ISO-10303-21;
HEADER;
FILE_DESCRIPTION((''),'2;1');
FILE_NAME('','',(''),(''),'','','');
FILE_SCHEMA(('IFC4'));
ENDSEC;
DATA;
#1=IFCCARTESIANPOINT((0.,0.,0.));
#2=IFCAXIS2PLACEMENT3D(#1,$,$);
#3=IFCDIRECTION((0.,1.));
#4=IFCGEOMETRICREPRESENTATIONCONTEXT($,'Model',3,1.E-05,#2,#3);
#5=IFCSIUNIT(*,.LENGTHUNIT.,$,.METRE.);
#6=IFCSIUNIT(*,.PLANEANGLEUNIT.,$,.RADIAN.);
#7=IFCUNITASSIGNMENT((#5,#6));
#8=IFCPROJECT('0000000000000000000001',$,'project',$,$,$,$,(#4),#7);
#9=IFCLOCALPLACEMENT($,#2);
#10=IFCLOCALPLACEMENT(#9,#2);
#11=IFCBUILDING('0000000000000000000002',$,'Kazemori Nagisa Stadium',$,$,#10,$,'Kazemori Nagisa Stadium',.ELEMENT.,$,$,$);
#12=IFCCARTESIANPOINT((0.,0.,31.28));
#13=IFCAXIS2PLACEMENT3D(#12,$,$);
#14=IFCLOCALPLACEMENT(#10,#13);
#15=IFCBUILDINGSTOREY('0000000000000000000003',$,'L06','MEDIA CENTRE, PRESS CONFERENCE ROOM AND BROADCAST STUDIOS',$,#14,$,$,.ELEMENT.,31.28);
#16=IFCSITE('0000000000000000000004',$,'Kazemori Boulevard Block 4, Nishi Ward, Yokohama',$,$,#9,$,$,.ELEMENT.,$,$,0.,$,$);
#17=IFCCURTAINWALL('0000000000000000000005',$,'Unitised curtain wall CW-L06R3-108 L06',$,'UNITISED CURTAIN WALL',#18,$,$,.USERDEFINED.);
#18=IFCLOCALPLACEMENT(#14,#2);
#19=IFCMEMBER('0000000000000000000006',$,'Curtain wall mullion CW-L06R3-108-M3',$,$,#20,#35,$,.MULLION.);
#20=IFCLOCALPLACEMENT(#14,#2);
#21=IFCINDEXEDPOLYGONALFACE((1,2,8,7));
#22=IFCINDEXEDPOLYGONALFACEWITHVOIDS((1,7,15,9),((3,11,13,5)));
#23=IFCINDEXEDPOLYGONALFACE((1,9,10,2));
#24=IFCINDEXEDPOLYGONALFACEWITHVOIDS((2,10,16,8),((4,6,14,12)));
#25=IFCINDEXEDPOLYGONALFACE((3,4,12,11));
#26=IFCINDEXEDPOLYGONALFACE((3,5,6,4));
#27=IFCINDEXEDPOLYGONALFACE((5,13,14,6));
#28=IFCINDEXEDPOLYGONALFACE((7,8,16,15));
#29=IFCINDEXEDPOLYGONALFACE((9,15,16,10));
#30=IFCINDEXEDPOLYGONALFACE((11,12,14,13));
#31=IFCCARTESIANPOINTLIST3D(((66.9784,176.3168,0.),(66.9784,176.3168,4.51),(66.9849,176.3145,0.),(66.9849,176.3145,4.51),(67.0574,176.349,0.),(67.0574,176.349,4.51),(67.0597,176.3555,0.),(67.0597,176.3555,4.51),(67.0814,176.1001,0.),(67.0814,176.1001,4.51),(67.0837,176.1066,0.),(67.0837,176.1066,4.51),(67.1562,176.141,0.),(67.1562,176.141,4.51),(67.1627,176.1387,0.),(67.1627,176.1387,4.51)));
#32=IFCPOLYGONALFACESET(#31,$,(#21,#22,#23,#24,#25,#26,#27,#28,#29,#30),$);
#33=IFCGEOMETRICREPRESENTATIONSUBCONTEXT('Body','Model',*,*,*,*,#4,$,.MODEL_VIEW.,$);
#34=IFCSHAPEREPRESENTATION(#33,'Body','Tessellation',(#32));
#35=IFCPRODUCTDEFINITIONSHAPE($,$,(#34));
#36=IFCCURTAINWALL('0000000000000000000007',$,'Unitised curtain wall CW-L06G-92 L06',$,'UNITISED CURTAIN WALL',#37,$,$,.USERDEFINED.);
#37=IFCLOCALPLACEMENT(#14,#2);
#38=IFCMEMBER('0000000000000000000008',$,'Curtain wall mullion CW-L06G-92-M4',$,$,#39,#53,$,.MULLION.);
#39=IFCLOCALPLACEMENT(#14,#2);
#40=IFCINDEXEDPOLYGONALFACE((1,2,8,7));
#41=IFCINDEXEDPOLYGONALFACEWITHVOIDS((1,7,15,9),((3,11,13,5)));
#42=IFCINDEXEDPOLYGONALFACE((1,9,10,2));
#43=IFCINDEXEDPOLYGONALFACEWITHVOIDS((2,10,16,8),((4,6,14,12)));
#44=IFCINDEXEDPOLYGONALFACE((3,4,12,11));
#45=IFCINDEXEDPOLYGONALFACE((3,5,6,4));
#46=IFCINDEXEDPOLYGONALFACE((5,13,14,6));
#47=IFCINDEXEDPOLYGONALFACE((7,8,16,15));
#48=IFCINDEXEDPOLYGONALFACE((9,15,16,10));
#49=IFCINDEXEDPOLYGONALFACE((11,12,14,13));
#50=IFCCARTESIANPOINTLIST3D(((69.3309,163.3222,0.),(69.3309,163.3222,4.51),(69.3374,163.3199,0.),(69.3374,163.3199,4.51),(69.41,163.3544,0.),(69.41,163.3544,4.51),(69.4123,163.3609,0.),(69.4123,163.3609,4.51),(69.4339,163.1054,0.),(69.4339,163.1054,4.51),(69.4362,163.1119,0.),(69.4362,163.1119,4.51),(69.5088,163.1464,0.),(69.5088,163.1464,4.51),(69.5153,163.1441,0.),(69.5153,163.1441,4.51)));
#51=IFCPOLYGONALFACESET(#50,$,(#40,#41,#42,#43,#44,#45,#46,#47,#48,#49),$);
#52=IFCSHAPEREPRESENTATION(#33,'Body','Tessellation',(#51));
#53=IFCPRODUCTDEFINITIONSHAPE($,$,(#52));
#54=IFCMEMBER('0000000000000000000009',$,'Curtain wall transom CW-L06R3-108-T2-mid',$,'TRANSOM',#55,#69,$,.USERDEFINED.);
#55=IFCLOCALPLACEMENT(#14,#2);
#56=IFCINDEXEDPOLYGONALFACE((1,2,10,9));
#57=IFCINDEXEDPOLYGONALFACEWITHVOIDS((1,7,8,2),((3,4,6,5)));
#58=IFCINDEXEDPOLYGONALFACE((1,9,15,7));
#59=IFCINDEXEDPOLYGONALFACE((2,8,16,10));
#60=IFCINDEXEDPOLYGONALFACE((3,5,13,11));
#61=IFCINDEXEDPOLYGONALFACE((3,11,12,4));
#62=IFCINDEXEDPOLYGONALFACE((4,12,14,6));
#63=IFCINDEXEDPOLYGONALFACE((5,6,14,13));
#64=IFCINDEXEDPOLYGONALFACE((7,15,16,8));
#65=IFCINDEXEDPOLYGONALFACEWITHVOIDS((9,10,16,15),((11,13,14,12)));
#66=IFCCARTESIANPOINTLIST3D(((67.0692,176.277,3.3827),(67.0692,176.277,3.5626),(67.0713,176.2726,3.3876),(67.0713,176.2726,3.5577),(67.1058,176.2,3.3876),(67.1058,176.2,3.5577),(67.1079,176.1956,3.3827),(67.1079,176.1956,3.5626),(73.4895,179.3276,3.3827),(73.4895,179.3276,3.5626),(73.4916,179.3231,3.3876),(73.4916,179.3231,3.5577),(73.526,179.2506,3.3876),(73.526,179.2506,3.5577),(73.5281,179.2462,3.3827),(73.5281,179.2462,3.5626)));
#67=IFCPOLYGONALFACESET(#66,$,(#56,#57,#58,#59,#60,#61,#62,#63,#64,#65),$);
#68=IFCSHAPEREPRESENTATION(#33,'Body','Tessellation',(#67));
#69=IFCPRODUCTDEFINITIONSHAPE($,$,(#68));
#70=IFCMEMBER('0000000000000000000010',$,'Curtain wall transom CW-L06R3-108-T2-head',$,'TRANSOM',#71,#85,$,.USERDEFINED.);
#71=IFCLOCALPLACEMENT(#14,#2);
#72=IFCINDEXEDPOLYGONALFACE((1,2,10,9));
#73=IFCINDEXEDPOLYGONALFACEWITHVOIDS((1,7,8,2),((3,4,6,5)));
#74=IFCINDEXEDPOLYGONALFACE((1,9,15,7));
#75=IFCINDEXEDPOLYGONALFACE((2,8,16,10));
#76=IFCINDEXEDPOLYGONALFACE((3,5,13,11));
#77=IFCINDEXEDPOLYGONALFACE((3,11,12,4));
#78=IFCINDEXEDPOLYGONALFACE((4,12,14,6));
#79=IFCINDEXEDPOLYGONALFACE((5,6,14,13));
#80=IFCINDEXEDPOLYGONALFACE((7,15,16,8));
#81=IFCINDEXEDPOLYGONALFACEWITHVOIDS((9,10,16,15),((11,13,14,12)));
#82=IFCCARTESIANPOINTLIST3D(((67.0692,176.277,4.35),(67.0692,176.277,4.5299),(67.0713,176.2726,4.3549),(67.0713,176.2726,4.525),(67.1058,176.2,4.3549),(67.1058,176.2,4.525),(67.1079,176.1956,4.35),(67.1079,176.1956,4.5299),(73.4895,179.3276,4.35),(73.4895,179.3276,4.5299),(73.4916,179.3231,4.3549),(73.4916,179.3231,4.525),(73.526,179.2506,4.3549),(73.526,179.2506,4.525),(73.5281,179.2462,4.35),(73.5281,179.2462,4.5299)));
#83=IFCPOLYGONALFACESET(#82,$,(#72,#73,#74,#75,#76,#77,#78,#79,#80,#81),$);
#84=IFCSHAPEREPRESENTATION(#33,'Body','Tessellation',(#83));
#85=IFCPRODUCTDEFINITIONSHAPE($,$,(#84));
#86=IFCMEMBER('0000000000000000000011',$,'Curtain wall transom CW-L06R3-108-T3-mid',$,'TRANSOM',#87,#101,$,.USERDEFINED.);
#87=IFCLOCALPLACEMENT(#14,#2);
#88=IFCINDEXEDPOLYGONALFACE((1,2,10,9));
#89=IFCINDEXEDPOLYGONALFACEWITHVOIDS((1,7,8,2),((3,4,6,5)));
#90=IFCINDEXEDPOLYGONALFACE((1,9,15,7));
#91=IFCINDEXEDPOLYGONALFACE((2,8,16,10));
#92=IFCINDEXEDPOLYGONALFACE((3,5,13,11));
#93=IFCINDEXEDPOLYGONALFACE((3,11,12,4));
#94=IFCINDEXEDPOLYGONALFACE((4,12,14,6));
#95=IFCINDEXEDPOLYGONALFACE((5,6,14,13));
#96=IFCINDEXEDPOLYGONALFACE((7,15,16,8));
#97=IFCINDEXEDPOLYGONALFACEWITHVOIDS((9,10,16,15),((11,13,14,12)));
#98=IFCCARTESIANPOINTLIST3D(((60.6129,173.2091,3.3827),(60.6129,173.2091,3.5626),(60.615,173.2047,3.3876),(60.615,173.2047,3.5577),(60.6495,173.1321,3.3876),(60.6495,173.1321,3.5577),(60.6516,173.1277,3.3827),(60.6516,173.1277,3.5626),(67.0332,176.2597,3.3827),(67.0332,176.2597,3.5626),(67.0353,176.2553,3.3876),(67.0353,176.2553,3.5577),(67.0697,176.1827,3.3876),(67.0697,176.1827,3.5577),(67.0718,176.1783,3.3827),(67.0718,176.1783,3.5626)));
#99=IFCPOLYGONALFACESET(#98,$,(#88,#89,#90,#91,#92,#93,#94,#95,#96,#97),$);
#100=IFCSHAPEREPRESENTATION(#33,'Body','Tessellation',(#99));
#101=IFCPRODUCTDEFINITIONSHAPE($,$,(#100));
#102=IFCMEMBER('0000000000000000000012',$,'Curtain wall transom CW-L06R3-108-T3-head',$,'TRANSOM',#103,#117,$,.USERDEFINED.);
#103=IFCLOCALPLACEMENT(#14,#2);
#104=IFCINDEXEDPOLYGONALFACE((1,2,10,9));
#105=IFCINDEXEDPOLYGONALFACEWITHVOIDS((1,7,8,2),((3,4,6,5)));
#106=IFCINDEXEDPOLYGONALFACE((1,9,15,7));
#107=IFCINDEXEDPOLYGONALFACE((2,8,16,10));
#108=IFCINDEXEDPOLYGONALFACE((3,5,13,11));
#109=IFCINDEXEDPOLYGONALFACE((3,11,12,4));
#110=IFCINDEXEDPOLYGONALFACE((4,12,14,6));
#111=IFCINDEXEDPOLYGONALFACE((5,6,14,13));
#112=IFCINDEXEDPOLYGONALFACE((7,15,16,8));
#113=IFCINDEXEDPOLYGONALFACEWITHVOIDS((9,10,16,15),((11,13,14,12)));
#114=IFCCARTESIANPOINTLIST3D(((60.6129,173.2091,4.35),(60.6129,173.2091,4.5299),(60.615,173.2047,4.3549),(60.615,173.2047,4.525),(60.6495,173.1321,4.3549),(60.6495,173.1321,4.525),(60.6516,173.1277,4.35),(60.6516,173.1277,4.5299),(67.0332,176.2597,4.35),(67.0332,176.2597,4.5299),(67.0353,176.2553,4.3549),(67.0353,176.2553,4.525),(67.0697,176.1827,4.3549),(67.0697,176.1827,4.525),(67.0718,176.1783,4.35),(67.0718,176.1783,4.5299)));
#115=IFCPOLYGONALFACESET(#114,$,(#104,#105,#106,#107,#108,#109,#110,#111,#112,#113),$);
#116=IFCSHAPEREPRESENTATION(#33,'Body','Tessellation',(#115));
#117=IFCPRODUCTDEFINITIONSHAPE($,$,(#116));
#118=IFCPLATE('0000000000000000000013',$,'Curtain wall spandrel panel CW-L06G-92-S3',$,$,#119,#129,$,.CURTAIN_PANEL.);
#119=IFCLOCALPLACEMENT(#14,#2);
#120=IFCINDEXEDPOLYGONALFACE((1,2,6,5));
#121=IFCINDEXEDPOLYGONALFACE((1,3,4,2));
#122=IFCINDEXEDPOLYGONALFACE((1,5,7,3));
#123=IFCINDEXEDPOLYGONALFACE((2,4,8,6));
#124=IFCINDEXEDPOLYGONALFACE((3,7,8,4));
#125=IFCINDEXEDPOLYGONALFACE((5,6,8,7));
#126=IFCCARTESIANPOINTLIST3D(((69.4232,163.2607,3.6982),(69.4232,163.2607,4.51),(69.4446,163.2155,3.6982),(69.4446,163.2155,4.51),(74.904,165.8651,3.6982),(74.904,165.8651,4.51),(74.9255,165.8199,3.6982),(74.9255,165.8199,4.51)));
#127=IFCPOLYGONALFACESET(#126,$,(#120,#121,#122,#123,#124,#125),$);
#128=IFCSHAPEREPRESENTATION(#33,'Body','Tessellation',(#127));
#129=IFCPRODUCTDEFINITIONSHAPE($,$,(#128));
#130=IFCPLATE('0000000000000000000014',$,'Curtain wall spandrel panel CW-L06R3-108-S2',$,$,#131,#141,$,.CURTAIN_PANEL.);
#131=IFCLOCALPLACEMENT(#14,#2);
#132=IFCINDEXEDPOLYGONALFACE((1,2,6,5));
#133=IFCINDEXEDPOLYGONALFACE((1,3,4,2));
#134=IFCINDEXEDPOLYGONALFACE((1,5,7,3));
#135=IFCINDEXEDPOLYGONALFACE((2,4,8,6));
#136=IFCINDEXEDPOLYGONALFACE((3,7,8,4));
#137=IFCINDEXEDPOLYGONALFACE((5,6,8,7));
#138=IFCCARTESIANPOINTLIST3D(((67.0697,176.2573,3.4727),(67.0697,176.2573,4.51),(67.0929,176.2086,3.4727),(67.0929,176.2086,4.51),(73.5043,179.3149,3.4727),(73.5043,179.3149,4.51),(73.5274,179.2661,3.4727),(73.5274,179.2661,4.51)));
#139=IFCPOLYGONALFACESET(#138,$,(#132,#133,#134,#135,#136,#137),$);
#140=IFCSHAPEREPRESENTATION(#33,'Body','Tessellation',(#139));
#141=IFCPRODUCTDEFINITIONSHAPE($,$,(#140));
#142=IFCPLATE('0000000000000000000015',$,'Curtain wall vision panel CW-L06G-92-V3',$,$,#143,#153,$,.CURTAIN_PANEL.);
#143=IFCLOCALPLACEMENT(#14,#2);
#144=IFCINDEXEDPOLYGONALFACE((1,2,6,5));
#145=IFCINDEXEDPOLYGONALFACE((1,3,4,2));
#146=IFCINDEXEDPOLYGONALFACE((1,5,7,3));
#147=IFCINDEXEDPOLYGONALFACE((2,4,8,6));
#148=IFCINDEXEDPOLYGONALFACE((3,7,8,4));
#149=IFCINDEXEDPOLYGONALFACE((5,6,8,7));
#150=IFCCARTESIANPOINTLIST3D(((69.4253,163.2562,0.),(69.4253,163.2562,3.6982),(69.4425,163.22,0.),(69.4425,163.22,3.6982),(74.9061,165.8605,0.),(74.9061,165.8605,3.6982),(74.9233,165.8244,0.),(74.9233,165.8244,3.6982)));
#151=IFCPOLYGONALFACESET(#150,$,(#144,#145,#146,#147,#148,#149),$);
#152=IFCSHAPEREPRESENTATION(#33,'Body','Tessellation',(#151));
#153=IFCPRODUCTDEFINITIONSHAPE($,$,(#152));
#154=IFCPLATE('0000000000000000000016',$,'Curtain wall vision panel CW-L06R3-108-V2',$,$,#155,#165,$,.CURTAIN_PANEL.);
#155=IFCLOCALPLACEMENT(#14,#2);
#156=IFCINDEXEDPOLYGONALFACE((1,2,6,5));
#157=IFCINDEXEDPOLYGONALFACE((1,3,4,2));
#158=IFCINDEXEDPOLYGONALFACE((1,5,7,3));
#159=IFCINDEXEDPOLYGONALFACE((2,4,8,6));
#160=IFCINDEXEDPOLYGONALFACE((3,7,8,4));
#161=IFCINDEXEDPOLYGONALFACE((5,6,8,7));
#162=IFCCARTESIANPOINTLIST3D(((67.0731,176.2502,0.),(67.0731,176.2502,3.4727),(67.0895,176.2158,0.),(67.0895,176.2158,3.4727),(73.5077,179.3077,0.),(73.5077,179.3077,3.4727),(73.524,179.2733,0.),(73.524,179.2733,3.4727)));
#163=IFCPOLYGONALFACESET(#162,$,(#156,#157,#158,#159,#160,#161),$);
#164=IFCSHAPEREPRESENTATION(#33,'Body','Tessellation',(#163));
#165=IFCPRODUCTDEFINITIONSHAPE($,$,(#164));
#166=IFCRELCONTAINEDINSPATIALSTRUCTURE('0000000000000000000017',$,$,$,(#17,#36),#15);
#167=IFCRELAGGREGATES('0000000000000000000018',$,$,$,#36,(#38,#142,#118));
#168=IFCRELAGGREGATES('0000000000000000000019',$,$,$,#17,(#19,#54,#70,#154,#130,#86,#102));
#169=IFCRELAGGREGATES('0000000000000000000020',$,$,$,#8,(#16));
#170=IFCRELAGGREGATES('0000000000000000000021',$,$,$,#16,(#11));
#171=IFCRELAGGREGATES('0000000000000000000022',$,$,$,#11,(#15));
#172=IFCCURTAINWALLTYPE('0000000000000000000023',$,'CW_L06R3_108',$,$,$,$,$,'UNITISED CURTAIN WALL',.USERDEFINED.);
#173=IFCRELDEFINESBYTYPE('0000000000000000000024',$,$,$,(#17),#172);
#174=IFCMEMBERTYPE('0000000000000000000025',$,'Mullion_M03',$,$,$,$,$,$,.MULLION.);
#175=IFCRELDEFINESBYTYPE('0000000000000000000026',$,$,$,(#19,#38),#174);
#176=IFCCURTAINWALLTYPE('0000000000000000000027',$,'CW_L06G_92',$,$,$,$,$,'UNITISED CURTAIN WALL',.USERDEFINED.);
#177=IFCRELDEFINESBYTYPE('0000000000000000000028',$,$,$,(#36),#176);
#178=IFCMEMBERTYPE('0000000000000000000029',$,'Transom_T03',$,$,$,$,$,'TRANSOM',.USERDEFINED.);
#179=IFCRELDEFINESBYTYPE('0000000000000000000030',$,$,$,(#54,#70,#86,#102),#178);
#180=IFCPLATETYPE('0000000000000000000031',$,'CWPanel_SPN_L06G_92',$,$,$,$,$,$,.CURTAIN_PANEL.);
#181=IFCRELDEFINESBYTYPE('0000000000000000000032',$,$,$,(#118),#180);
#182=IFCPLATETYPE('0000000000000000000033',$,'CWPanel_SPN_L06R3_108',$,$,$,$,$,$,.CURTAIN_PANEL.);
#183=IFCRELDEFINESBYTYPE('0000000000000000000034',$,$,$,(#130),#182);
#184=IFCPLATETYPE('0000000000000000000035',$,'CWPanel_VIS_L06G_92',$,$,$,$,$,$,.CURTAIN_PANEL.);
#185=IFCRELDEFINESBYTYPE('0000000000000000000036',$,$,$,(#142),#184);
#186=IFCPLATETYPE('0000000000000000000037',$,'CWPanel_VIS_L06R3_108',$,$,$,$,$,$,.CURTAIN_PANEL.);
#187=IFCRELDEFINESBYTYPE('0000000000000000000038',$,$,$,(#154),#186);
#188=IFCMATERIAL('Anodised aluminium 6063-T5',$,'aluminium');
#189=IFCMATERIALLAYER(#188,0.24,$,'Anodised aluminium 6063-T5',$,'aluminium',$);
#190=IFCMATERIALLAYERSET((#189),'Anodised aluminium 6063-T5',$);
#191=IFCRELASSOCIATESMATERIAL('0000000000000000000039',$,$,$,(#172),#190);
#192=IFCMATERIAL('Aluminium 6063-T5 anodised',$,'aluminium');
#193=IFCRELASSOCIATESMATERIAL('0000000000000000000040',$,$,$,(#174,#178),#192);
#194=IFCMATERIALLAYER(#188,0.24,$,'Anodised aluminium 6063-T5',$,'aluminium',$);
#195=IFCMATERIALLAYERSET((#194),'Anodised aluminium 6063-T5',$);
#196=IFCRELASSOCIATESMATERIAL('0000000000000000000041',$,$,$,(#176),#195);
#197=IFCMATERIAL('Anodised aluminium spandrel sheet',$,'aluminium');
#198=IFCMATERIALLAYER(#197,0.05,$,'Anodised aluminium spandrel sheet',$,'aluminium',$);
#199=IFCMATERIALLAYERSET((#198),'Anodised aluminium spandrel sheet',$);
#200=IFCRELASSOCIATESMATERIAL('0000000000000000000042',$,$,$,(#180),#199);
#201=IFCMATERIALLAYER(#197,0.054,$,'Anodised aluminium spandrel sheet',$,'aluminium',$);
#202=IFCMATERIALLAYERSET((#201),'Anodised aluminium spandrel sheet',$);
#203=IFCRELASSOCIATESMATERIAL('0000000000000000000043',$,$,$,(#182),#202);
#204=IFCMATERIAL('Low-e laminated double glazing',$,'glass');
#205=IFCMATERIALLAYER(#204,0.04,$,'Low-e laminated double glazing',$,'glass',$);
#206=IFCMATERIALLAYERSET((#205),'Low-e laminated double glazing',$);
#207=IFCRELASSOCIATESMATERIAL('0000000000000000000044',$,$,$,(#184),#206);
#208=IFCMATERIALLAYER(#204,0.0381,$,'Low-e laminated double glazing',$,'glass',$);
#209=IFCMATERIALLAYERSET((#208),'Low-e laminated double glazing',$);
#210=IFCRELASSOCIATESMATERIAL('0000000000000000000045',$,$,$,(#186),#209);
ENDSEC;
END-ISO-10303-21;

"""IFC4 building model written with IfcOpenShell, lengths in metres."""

from ifc_helpers import new_model, si_unit, direction, frame, origin, origin_2d, place, context, subcontext, project, spatial, rectangle, hollow_rectangle, extrude, material, layer, layer_set, material_profile, profile_set, type_object, element, aggregate, save


model = new_model("IFC4")

# Units and contexts
model_context = context("Model", 3, precision=1e-05, world=origin(), true_north=direction((0.0, 1.0)))
body_context = subcontext(model_context, "Body", "Model", "MODEL_VIEW")
ifc_project = project(units=[si_unit("LENGTHUNIT", "METRE"), si_unit("PLANEANGLEUNIT", "RADIAN")], contexts=[model_context])

# Site, building, storey
site_placement = place(None, origin())
site = spatial("IfcSite", under=ifc_project, at=site_placement, Name="Kazemori Boulevard Block 4, Nishi Ward, Yokohama", CompositionType="ELEMENT", RefElevation=0.0)
building_placement = place(site_placement, origin())
building = spatial("IfcBuilding", under=site, at=building_placement, Name="Kazemori Nagisa Stadium", LongName="Kazemori Nagisa Stadium", CompositionType="ELEMENT")
storey_placement = place(building_placement, frame((0.0, 0.0, 31.28)))
storey = spatial("IfcBuildingStorey", under=building, at=storey_placement, Name="L06", Description="MEDIA CENTRE, PRESS CONFERENCE ROOM AND BROADCAST STUDIOS", CompositionType="ELEMENT", Elevation=31.28)

# Curtain wall, member
ifc_material_1 = material(Name="Anodised aluminium 6063-T5", Category="aluminium")
ifc_layer_1 = layer(ifc_material_1, 0.24, Name="Anodised aluminium 6063-T5", Category="aluminium")
ifc_layer_set_1 = layer_set([ifc_layer_1], Name="Anodised aluminium 6063-T5")
curtain_wall_type_1 = type_object("IfcCurtainWallType", Name="CW_L06R3_108", ElementType="UNITISED CURTAIN WALL", PredefinedType="USERDEFINED", material=ifc_layer_set_1)
curtain_wall_1_placement = place(storey_placement, origin())
curtain_wall_1 = element("IfcCurtainWall", 1, at=curtain_wall_1_placement, inside=storey, type_object=curtain_wall_type_1, Name="Unitised curtain wall CW-L06R3-108 L06", ObjectType="UNITISED CURTAIN WALL", PredefinedType="USERDEFINED")
ifc_material_2 = material(Name="Aluminium 6063-T5 anodised", Category="aluminium")
ifc_material_profile_1 = material_profile(ifc_material_2, hollow_rectangle(XDim=0.0901, YDim=0.24, WallThickness=0.0049, at=origin_2d()), Name="ALU-MULL-90x240x5")
ifc_profile_set_1 = profile_set([ifc_material_profile_1], Name="Aluminium 6063-T5 anodised")
member_type_1 = type_object("IfcMemberType", Name="Mullion_M03", PredefinedType="MULLION", material=ifc_profile_set_1)
member_1_placement = place(storey_placement, frame((67.0706, 176.2278, 0.0), z_axis=(0.0, 0.0, 1.0), x_axis=(-0.903216, -0.429186, 0.0)))
member_1 = element("IfcMember", 2, at=member_1_placement, type_object=member_type_1, Name="Curtain wall mullion CW-L06R3-108-M3", PredefinedType="MULLION", context=body_context, shape_type="SweptSolid", body=[
    extrude(hollow_rectangle(XDim=0.0901, YDim=0.24, WallThickness=0.0049, at=origin_2d()), origin(), (0.0, 0.0, 1.0), 4.51),
])

# Curtain wall, member
ifc_layer_2 = layer(ifc_material_1, 0.24, Name="Anodised aluminium 6063-T5", Category="aluminium")
ifc_layer_set_2 = layer_set([ifc_layer_2], Name="Anodised aluminium 6063-T5")
curtain_wall_type_2 = type_object("IfcCurtainWallType", Name="CW_L06G_92", ElementType="UNITISED CURTAIN WALL", PredefinedType="USERDEFINED", material=ifc_layer_set_2)
curtain_wall_2_placement = place(storey_placement, origin())
curtain_wall_2 = element("IfcCurtainWall", 3, at=curtain_wall_2_placement, inside=storey, type_object=curtain_wall_type_2, Name="Unitised curtain wall CW-L06G-92 L06", ObjectType="UNITISED CURTAIN WALL", PredefinedType="USERDEFINED")
member_2_placement = place(storey_placement, frame((69.4231, 163.2332, 0.0), z_axis=(0.0, 0.0, 1.0), x_axis=(-0.903216, -0.429186, 0.0)))
member_2 = element("IfcMember", 4, at=member_2_placement, type_object=member_type_1, Name="Curtain wall mullion CW-L06G-92-M4", PredefinedType="MULLION", context=body_context, shape_type="SweptSolid", body=[
    extrude(hollow_rectangle(XDim=0.0901, YDim=0.24, WallThickness=0.0049, at=origin_2d()), origin(), (0.0, 0.0, 1.0), 4.51),
])

# Members
ifc_material_profile_2 = material_profile(ifc_material_2, hollow_rectangle(XDim=0.0901, YDim=0.1799, WallThickness=0.0049, at=origin_2d()), Name="ALU-TRAN-90x180x5")
ifc_profile_set_2 = profile_set([ifc_material_profile_2], Name="Aluminium 6063-T5 anodised")
member_type_2 = type_object("IfcMemberType", Name="Transom_T03", ElementType="TRANSOM", PredefinedType="USERDEFINED", material=ifc_profile_set_2)
member_3_placement = place(storey_placement, frame((73.5088, 179.2869, 3.4727), z_axis=(-0.903225, -0.429167, 0.0), x_axis=(0.429167, -0.903225, 0.0)))
member_3 = element("IfcMember", 5, at=member_3_placement, type_object=member_type_2, Name="Curtain wall transom CW-L06R3-108-T2-mid", ObjectType="TRANSOM", PredefinedType="USERDEFINED", context=body_context, shape_type="SweptSolid", body=[
    extrude(hollow_rectangle(XDim=0.0901, YDim=0.1799, WallThickness=0.0049, at=origin_2d()), origin(), (0.0, 0.0, 1.0), 7.1082),
])
member_4_placement = place(storey_placement, frame((73.5088, 179.2869, 4.4399), z_axis=(-0.903225, -0.429167, 0.0), x_axis=(0.429167, -0.903225, 0.0)))
member_4 = element("IfcMember", 6, at=member_4_placement, type_object=member_type_2, Name="Curtain wall transom CW-L06R3-108-T2-head", ObjectType="TRANSOM", PredefinedType="USERDEFINED", context=body_context, shape_type="SweptSolid", body=[
    extrude(hollow_rectangle(XDim=0.0901, YDim=0.1799, WallThickness=0.0049, at=origin_2d()), origin(), (0.0, 0.0, 1.0), 7.1082),
])
member_5_placement = place(storey_placement, frame((67.0525, 176.219, 3.4727), z_axis=(-0.903225, -0.429167, 0.0), x_axis=(0.429167, -0.903225, 0.0)))
member_5 = element("IfcMember", 7, at=member_5_placement, type_object=member_type_2, Name="Curtain wall transom CW-L06R3-108-T3-mid", ObjectType="TRANSOM", PredefinedType="USERDEFINED", context=body_context, shape_type="SweptSolid", body=[
    extrude(hollow_rectangle(XDim=0.0901, YDim=0.1799, WallThickness=0.0049, at=origin_2d()), origin(), (0.0, 0.0, 1.0), 7.1082),
])
member_6_placement = place(storey_placement, frame((67.0525, 176.219, 4.4399), z_axis=(-0.903225, -0.429167, 0.0), x_axis=(0.429167, -0.903225, 0.0)))
member_6 = element("IfcMember", 8, at=member_6_placement, type_object=member_type_2, Name="Curtain wall transom CW-L06R3-108-T3-head", ObjectType="TRANSOM", PredefinedType="USERDEFINED", context=body_context, shape_type="SweptSolid", body=[
    extrude(hollow_rectangle(XDim=0.0901, YDim=0.1799, WallThickness=0.0049, at=origin_2d()), origin(), (0.0, 0.0, 1.0), 7.1082),
])

# Plates
ifc_material_3 = material(Name="Anodised aluminium spandrel sheet", Category="aluminium")
ifc_layer_3 = layer(ifc_material_3, 0.05, Name="Anodised aluminium spandrel sheet", Category="aluminium")
ifc_layer_set_3 = layer_set([ifc_layer_3], Name="Anodised aluminium spandrel sheet")
plate_type_1 = type_object("IfcPlateType", Name="CWPanel_SPN_L06G_92", PredefinedType="CURTAIN_PANEL", material=ifc_layer_set_3)
plate_1_placement = place(storey_placement, frame((72.1743, 164.5403, 3.6982), z_axis=(0.0, 0.0, 1.0), x_axis=(-0.903216, -0.429186, 0.0)))
plate_1 = element("IfcPlate", 9, at=plate_1_placement, type_object=plate_type_1, Name="Curtain wall spandrel panel CW-L06G-92-S3", PredefinedType="CURTAIN_PANEL", context=body_context, shape_type="SweptSolid", body=[
    extrude(rectangle(XDim=6.0681, YDim=0.05, at=origin_2d()), origin(), (0.0, 0.0, 1.0), 0.8118),
])
ifc_layer_4 = layer(ifc_material_3, 0.054, Name="Anodised aluminium spandrel sheet", Category="aluminium")
ifc_layer_set_4 = layer_set([ifc_layer_4], Name="Anodised aluminium spandrel sheet")
plate_type_2 = type_object("IfcPlateType", Name="CWPanel_SPN_L06R3_108", PredefinedType="CURTAIN_PANEL", material=ifc_layer_set_4)
plate_2_placement = place(storey_placement, frame((70.2986, 177.7617, 3.4727), z_axis=(0.0, 0.0, 1.0), x_axis=(-0.903216, -0.429186, 0.0)))
plate_2 = element("IfcPlate", 10, at=plate_2_placement, type_object=plate_type_2, Name="Curtain wall spandrel panel CW-L06R3-108-S2", PredefinedType="CURTAIN_PANEL", context=body_context, shape_type="SweptSolid", body=[
    extrude(rectangle(XDim=7.124, YDim=0.054, at=origin_2d()), origin(), (0.0, 0.0, 1.0), 1.0374),
])
ifc_material_4 = material(Name="Low-e laminated double glazing", Category="glass")
ifc_layer_5 = layer(ifc_material_4, 0.04, Name="Low-e laminated double glazing", Category="glass")
ifc_layer_set_5 = layer_set([ifc_layer_5], Name="Low-e laminated double glazing")
plate_type_3 = type_object("IfcPlateType", Name="CWPanel_VIS_L06G_92", PredefinedType="CURTAIN_PANEL", material=ifc_layer_set_5)
plate_3_placement = place(storey_placement, frame((72.1743, 164.5403, 0.0), z_axis=(0.0, 0.0, 1.0), x_axis=(-0.903216, -0.429186, 0.0)))
plate_3 = element("IfcPlate", 11, at=plate_3_placement, type_object=plate_type_3, Name="Curtain wall vision panel CW-L06G-92-V3", PredefinedType="CURTAIN_PANEL", context=body_context, shape_type="SweptSolid", body=[
    extrude(rectangle(XDim=6.0681, YDim=0.04, at=origin_2d()), origin(), (0.0, 0.0, 1.0), 3.6982),
])
aggregate(curtain_wall_2, [member_2, plate_3, plate_1])
ifc_layer_6 = layer(ifc_material_4, 0.0381, Name="Low-e laminated double glazing", Category="glass")
ifc_layer_set_6 = layer_set([ifc_layer_6], Name="Low-e laminated double glazing")
plate_type_4 = type_object("IfcPlateType", Name="CWPanel_VIS_L06R3_108", PredefinedType="CURTAIN_PANEL", material=ifc_layer_set_6)
plate_4_placement = place(storey_placement, frame((70.2986, 177.7617, 0.0), z_axis=(0.0, 0.0, 1.0), x_axis=(-0.903216, -0.429186, 0.0)))
plate_4 = element("IfcPlate", 12, at=plate_4_placement, type_object=plate_type_4, Name="Curtain wall vision panel CW-L06R3-108-V2", PredefinedType="CURTAIN_PANEL", context=body_context, shape_type="SweptSolid", body=[
    extrude(rectangle(XDim=7.124, YDim=0.0381, at=origin_2d()), origin(), (0.0, 0.0, 1.0), 3.4727),
])
aggregate(curtain_wall_1, [member_1, member_3, member_4, plate_4, plate_2, member_5, member_6])

save(model, "model.ifc")
